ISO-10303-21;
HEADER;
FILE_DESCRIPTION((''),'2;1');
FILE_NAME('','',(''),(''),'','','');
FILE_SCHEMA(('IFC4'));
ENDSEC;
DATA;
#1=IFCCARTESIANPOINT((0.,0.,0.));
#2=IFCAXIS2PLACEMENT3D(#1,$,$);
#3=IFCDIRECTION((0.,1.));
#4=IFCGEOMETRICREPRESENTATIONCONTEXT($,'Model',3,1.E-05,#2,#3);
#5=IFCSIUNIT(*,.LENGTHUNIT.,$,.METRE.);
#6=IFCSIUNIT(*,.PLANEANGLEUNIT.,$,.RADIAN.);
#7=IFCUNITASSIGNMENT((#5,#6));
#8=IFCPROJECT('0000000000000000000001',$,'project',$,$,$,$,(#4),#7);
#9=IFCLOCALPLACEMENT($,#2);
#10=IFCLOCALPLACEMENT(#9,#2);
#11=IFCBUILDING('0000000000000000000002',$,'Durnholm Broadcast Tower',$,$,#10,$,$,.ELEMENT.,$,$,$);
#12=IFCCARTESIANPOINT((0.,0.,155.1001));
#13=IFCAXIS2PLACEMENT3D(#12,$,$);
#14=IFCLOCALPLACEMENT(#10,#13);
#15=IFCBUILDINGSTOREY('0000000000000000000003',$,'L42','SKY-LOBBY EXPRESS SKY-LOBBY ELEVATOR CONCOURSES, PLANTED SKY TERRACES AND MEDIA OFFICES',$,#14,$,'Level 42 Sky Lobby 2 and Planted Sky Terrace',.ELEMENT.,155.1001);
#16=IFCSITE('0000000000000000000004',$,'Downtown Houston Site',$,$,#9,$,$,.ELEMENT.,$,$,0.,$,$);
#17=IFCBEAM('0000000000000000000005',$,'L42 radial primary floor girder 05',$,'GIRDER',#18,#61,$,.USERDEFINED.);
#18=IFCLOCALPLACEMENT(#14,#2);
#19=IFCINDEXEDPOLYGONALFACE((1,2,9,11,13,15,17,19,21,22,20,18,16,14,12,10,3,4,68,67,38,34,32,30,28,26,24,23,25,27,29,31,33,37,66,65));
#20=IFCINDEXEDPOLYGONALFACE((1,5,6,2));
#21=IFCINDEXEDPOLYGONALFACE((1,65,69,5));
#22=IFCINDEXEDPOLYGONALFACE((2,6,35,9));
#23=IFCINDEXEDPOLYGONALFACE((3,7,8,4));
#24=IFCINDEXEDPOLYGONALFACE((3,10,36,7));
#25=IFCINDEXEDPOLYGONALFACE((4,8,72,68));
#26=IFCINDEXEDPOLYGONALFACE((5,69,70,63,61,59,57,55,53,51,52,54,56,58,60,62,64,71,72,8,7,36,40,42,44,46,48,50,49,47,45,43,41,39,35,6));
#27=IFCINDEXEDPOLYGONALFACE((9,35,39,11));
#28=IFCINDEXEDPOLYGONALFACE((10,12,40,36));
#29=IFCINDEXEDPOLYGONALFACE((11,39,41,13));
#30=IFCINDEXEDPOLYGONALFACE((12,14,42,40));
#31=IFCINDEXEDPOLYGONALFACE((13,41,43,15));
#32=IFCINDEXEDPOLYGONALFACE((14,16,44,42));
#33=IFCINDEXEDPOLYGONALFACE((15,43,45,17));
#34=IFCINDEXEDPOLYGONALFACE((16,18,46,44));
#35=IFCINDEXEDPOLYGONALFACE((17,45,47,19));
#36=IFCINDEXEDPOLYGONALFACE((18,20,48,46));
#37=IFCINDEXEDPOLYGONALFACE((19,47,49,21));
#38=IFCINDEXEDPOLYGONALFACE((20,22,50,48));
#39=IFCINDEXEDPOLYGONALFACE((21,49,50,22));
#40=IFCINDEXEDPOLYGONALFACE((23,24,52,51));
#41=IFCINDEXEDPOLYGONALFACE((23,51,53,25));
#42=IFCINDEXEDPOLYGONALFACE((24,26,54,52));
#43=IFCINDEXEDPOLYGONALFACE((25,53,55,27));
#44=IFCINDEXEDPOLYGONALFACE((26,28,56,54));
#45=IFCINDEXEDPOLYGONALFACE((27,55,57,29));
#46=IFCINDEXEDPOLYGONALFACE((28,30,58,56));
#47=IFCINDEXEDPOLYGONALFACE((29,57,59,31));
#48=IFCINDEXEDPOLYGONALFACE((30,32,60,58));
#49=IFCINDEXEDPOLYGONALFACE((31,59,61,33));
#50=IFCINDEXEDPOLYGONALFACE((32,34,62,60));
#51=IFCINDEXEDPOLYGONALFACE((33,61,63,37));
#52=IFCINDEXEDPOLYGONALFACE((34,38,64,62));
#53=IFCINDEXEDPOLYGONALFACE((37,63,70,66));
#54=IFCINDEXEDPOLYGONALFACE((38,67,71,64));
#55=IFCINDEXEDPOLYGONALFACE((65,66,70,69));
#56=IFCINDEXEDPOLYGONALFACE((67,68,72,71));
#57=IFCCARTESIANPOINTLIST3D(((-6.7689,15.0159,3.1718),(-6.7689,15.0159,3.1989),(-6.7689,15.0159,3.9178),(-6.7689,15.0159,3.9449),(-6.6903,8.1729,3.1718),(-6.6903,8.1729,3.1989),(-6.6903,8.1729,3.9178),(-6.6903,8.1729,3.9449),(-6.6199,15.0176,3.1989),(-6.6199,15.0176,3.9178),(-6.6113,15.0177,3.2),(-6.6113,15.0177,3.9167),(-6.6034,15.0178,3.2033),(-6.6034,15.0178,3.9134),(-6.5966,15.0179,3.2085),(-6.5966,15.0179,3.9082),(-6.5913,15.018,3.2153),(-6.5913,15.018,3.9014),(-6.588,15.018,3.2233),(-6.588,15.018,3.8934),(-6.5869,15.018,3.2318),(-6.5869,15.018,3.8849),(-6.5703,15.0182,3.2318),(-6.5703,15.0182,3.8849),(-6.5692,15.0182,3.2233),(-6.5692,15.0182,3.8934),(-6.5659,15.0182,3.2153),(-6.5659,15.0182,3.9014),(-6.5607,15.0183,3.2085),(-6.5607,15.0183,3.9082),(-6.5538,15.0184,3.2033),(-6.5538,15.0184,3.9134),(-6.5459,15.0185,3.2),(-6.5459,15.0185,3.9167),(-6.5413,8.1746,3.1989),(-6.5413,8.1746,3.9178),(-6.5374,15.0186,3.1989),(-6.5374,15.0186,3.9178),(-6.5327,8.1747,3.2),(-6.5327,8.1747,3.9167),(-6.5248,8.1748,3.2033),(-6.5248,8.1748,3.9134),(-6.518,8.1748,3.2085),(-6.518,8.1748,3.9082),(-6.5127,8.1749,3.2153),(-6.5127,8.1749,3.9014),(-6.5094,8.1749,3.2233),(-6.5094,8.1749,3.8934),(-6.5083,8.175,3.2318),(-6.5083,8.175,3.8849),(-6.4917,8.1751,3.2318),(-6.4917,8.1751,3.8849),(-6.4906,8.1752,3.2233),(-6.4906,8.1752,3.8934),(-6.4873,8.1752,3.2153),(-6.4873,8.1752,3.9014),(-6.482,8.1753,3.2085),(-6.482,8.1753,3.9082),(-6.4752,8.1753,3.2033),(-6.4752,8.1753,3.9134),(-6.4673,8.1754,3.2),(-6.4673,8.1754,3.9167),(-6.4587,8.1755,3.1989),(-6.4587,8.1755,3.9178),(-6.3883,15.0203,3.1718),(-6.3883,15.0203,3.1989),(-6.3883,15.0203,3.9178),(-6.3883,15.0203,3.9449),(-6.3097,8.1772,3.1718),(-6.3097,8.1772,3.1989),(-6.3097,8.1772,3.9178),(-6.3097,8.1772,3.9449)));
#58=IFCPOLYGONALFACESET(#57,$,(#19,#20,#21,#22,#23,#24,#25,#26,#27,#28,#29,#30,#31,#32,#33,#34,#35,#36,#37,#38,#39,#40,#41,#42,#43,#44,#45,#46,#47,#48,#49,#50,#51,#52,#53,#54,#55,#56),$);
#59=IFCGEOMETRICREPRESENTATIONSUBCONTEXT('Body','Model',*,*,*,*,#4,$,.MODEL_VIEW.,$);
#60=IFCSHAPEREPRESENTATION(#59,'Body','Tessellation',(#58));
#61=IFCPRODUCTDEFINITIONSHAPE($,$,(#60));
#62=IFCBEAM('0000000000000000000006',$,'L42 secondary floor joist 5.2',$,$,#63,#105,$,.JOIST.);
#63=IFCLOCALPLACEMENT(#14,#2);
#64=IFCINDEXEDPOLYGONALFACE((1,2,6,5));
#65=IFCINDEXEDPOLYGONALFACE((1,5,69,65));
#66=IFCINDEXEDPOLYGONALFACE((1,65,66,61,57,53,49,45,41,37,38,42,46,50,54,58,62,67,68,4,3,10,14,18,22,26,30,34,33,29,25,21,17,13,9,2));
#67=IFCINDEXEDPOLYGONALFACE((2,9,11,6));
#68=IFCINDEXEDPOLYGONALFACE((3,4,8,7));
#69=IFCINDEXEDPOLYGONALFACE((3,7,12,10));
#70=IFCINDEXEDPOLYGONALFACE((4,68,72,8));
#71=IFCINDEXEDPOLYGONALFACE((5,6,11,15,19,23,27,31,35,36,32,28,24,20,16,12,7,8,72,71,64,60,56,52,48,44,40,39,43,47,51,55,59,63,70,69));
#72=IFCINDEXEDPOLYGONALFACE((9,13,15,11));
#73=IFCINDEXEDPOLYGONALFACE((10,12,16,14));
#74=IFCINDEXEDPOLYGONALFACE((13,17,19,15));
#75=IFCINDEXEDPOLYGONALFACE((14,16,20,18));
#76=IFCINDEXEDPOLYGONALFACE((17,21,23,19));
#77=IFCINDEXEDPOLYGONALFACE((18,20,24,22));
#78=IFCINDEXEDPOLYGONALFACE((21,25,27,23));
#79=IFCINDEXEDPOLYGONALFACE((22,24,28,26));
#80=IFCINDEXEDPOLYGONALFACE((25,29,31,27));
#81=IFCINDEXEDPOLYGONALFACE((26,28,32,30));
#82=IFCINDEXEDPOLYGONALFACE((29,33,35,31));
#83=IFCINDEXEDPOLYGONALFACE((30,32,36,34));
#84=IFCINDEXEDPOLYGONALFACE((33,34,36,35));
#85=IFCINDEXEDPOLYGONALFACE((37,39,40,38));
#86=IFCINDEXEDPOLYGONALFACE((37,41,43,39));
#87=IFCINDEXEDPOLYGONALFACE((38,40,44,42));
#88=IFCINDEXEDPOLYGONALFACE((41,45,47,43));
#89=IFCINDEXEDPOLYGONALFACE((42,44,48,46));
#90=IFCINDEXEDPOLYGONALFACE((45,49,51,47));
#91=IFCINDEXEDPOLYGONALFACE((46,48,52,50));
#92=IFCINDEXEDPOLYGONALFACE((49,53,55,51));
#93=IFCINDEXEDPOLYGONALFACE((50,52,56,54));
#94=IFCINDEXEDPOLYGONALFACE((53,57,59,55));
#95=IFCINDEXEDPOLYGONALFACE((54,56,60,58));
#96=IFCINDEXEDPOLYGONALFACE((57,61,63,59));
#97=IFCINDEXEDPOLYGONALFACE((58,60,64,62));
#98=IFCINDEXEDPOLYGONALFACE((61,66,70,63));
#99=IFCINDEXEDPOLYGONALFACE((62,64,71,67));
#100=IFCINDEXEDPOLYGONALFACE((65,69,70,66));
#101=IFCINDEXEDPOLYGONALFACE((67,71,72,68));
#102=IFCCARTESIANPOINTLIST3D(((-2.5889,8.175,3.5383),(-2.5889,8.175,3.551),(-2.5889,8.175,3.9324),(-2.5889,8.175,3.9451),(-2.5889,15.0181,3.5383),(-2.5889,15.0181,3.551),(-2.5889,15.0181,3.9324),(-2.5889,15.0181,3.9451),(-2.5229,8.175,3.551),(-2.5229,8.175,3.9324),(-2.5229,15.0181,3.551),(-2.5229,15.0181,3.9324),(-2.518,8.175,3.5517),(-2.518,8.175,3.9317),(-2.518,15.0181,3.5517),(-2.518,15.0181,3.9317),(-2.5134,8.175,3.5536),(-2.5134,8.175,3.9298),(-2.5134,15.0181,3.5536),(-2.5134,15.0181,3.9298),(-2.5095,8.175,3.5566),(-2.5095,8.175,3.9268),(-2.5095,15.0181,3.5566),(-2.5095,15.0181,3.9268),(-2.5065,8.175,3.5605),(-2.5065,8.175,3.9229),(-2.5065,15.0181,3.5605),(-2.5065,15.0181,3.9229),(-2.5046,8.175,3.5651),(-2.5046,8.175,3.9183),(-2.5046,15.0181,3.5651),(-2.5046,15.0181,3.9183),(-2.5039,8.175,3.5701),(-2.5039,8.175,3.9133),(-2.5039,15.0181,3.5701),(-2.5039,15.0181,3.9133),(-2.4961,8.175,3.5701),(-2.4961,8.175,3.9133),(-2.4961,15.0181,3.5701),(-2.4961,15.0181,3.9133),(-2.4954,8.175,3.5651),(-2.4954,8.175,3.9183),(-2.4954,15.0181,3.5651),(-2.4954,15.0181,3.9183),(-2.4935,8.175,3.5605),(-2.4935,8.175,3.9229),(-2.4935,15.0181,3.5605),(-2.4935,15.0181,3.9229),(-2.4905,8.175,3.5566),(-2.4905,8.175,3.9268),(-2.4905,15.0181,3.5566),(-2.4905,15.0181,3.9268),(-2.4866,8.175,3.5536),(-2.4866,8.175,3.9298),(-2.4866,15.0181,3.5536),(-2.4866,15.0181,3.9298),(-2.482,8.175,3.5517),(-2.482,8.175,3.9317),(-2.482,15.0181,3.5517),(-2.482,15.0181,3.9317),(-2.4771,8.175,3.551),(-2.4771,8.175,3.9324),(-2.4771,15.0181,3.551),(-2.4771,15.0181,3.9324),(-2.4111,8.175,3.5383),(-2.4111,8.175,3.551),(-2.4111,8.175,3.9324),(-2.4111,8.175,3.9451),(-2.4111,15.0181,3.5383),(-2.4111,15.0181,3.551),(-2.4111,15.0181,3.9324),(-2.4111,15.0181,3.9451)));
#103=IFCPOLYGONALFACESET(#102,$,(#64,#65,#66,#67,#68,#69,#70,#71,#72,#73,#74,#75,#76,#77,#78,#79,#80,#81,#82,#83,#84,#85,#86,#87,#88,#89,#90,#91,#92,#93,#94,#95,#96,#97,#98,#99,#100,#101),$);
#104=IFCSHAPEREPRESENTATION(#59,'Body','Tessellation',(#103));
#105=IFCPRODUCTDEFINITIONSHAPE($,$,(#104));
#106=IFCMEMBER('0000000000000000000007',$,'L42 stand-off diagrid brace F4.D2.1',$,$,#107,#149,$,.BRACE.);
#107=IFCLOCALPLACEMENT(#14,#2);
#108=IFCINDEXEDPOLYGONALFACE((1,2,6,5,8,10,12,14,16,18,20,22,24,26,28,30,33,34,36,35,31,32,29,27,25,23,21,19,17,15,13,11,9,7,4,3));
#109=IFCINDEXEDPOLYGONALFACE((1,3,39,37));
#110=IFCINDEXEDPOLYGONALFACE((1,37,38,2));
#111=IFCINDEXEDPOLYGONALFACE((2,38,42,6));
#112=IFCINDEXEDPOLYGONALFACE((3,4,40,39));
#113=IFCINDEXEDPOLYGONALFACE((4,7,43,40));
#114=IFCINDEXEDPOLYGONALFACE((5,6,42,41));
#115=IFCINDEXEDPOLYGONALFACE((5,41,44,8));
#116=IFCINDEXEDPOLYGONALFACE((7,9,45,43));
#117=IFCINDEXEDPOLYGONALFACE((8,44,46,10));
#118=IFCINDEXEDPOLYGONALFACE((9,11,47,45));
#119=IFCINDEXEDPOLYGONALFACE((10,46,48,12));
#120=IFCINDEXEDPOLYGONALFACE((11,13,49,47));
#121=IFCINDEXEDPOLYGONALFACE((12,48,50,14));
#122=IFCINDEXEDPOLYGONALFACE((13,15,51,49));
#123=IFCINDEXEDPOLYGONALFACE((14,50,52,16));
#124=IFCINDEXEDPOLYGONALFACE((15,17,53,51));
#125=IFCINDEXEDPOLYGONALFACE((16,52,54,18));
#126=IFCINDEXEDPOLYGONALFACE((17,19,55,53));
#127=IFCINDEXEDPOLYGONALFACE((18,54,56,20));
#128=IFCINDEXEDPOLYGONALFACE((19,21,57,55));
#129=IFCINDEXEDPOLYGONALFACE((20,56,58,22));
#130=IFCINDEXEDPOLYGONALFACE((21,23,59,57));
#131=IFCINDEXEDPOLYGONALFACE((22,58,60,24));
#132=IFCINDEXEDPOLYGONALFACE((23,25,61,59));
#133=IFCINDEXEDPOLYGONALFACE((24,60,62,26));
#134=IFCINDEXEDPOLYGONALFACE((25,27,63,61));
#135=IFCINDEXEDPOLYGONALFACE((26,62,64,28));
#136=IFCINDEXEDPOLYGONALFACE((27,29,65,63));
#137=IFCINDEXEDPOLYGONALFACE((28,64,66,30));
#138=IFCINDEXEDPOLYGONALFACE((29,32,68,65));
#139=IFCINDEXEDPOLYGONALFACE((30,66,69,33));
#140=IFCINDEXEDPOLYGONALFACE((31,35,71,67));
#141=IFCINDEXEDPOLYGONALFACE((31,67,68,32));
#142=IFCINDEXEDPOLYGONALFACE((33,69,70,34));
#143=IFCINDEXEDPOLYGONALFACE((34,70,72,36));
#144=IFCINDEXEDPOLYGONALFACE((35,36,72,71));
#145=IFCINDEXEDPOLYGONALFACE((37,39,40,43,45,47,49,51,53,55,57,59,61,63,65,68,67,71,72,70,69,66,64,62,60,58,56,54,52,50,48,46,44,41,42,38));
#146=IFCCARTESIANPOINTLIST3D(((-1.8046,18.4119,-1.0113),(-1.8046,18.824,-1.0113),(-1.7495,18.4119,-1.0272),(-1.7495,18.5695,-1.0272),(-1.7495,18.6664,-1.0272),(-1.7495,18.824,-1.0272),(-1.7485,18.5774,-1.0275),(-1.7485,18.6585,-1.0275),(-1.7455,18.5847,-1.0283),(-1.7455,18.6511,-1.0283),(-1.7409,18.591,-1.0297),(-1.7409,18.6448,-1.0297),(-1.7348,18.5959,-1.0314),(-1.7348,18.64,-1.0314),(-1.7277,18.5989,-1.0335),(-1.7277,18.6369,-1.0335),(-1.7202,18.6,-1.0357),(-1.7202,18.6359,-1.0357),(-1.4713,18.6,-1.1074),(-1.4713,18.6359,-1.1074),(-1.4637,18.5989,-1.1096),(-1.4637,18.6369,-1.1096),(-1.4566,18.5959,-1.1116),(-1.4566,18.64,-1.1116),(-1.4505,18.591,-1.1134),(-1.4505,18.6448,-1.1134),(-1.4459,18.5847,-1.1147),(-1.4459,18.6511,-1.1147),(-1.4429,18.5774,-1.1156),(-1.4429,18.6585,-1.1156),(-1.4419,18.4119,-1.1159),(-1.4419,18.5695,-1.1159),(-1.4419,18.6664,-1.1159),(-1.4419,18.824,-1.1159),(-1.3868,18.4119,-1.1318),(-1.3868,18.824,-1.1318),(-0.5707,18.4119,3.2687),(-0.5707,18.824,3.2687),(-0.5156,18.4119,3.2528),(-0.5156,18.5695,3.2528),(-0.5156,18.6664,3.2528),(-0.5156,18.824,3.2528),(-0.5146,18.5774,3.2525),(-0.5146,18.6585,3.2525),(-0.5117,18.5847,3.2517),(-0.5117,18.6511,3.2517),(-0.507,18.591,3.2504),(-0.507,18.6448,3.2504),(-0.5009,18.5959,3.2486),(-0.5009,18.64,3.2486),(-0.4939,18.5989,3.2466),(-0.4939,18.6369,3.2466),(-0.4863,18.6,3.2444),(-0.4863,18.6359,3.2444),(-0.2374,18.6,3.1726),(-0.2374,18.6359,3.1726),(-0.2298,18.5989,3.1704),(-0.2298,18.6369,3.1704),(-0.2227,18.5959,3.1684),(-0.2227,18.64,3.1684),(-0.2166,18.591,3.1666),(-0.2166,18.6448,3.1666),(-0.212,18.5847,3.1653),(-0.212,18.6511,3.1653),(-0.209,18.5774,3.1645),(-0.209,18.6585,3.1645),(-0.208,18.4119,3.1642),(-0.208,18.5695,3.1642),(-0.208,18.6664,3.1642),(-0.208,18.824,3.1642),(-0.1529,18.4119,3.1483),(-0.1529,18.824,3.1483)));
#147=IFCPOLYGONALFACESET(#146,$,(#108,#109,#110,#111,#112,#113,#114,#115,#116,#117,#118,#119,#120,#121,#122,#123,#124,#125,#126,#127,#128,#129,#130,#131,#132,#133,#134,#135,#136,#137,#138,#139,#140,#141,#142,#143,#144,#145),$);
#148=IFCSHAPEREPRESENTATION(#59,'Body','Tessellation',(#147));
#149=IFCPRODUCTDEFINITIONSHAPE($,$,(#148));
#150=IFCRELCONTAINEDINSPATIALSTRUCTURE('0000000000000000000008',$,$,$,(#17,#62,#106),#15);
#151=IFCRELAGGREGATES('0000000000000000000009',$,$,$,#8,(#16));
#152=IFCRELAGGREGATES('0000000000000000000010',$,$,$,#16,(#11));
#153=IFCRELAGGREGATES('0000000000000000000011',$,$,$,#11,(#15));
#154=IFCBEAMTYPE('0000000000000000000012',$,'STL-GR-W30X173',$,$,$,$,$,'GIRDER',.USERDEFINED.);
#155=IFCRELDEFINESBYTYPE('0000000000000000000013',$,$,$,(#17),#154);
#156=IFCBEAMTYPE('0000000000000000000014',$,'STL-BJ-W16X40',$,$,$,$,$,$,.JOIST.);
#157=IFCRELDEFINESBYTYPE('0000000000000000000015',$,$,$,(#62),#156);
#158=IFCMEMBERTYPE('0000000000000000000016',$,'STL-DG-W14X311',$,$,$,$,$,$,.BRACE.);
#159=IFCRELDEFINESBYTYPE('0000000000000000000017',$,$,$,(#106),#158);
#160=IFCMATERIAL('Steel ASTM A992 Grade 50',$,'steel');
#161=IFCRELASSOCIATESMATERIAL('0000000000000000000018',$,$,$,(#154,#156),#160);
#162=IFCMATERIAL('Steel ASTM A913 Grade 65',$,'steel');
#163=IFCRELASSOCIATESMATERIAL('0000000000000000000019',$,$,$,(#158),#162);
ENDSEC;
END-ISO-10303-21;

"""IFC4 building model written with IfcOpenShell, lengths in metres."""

from ifc_helpers import new_model, si_unit, direction, frame, origin, origin_2d, place, context, subcontext, project, spatial, i_section, extrude, source, transform, mapped, material, material_profile, profile_set, type_object, type_shapes, element, save


model = new_model("IFC4")

# Units and contexts
model_context = context("Model", 3, precision=1e-05, world=origin(), true_north=direction((0.0, 1.0)))
body_context = subcontext(model_context, "Body", "Model", "MODEL_VIEW")
ifc_project = project(units=[si_unit("LENGTHUNIT", "METRE"), si_unit("PLANEANGLEUNIT", "RADIAN")], contexts=[model_context])

# Site, building, storey
site_placement = place(None, origin())
site = spatial("IfcSite", under=ifc_project, at=site_placement, Name="Downtown Houston Site", CompositionType="ELEMENT", RefElevation=0.0)
building_placement = place(site_placement, origin())
building = spatial("IfcBuilding", under=site, at=building_placement, Name="Durnholm Broadcast Tower", CompositionType="ELEMENT")
storey_placement = place(building_placement, frame((0.0, 0.0, 155.1001)))
storey = spatial("IfcBuildingStorey", under=building, at=storey_placement, Name="L42", Description="SKY-LOBBY EXPRESS SKY-LOBBY ELEVATOR CONCOURSES, PLANTED SKY TERRACES AND MEDIA OFFICES", LongName="Level 42 Sky Lobby 2 and Planted Sky Terrace", CompositionType="ELEMENT", Elevation=155.1001)

# Beams
ifc_material_1 = material(Name="Steel ASTM A992 Grade 50", Category="steel")
ifc_material_profile_1 = material_profile(ifc_material_1, i_section(OverallWidth=0.3806, OverallDepth=0.7732, WebThickness=0.0166, FlangeThickness=0.0271, FilletRadius=0.033, at=origin_2d()), Name="W30X173")
ifc_profile_set_1 = profile_set([ifc_material_profile_1], Name="Steel ASTM A992 Grade 50")
beam_type_1 = type_object("IfcBeamType", Name="STL-GR-W30X173", ElementType="GIRDER", PredefinedType="USERDEFINED", material=ifc_profile_set_1)
shared_shape_1 = source(origin(), body_context, "Body", "SweptSolid", [
    extrude(i_section(OverallWidth=0.3806, OverallDepth=0.7732, WebThickness=0.0166, FlangeThickness=0.0271, FilletRadius=0.033, at=origin_2d()), origin(), (0.0, 0.0, 1.0), 6.8435),
])
beam_1_placement = place(storey_placement, frame((-6.5, 8.175, 3.5583), z_axis=(-0.011487, 0.999934, 0.0), x_axis=(-0.999934, -0.011487, 0.0)))
element("IfcBeam", 1, at=beam_1_placement, inside=storey, type_object=beam_type_1, Name="L42 radial primary floor girder 05", ObjectType="GIRDER", PredefinedType="USERDEFINED", context=body_context, shape_type="MappedRepresentation", body=[
    mapped(shared_shape_1, transform((0.0, 0.0, 0.0), x_axis=(1.0, 0.0, 0.0), y_axis=(0.0, 1.0, 0.0), z_axis=(0.0, 0.0, 1.0), scale=1.0)),
])
ifc_material_profile_2 = material_profile(ifc_material_1, i_section(OverallWidth=0.1777, OverallDepth=0.4067, WebThickness=0.0078, FlangeThickness=0.0127, FilletRadius=0.019, at=origin_2d()), Name="W16X40")
ifc_profile_set_2 = profile_set([ifc_material_profile_2], Name="Steel ASTM A992 Grade 50")
beam_type_2 = type_object("IfcBeamType", Name="STL-BJ-W16X40", PredefinedType="JOIST", material=ifc_profile_set_2)
shared_shape_2 = source(origin(), body_context, "Body", "SweptSolid", [
    extrude(i_section(OverallWidth=0.1777, OverallDepth=0.4067, WebThickness=0.0078, FlangeThickness=0.0127, FilletRadius=0.019, at=origin_2d()), origin(), (0.0, 0.0, 1.0), 6.843),
])
type_shapes(beam_type_2, [shared_shape_2])
beam_2_placement = place(storey_placement, frame((-2.5, 8.175, 3.7417), z_axis=(0.0, 1.0, 0.0), x_axis=(-1.0, 0.0, 0.0)))
element("IfcBeam", 2, at=beam_2_placement, inside=storey, type_object=beam_type_2, Name="L42 secondary floor joist 5.2", PredefinedType="JOIST", context=body_context, shape_type="MappedRepresentation", body=[
    mapped(shared_shape_2, transform((0.0, 0.0, 0.0), x_axis=(1.0, 0.0, 0.0), y_axis=(0.0, 1.0, 0.0), z_axis=(0.0, 0.0, 1.0), scale=1.0)),
])

# Member
ifc_material_2 = material(Name="Steel ASTM A913 Grade 65", Category="steel")
ifc_material_profile_3 = material_profile(ifc_material_2, i_section(OverallWidth=0.4121, OverallDepth=0.4348, WebThickness=0.0359, FlangeThickness=0.0574, FilletRadius=0.0305, at=origin_2d()), Name="W14X311")
ifc_profile_set_3 = profile_set([ifc_material_profile_3], Name="Steel ASTM A913 Grade 65")
member_type_1 = type_object("IfcMemberType", Name="STL-DG-W14X311", PredefinedType="BRACE", material=ifc_profile_set_3)
shared_shape_3 = source(origin(), body_context, "Body", "SweptSolid", [
    extrude(i_section(OverallWidth=0.4121, OverallDepth=0.4348, WebThickness=0.0359, FlangeThickness=0.0574, FilletRadius=0.0305, at=origin_2d()), origin(), (0.0, 0.0, 1.0), 4.4543),
])
type_shapes(member_type_1, [shared_shape_3])
for number, where, z_axis, x_axis, name in (
    (3, (-1.5957, 18.6179, -1.0715), (0.277008, 0.0, 0.960868), (0.0, 1.0, 0.0), "L42 stand-off diagrid brace F4.D2.1"),
):
    element("IfcMember", number, at=place(storey_placement, frame(where, z_axis=z_axis, x_axis=x_axis)), inside=storey, type_object=member_type_1, Name=name, PredefinedType="BRACE", context=body_context, shape_type="MappedRepresentation", body=[
        mapped(shared_shape_3, transform((0.0, 0.0, 0.0), x_axis=(1.0, 0.0, 0.0), y_axis=(0.0, 1.0, 0.0), z_axis=(0.0, 0.0, 1.0), scale=1.0)),
    ])

save(model, "model.ifc")
